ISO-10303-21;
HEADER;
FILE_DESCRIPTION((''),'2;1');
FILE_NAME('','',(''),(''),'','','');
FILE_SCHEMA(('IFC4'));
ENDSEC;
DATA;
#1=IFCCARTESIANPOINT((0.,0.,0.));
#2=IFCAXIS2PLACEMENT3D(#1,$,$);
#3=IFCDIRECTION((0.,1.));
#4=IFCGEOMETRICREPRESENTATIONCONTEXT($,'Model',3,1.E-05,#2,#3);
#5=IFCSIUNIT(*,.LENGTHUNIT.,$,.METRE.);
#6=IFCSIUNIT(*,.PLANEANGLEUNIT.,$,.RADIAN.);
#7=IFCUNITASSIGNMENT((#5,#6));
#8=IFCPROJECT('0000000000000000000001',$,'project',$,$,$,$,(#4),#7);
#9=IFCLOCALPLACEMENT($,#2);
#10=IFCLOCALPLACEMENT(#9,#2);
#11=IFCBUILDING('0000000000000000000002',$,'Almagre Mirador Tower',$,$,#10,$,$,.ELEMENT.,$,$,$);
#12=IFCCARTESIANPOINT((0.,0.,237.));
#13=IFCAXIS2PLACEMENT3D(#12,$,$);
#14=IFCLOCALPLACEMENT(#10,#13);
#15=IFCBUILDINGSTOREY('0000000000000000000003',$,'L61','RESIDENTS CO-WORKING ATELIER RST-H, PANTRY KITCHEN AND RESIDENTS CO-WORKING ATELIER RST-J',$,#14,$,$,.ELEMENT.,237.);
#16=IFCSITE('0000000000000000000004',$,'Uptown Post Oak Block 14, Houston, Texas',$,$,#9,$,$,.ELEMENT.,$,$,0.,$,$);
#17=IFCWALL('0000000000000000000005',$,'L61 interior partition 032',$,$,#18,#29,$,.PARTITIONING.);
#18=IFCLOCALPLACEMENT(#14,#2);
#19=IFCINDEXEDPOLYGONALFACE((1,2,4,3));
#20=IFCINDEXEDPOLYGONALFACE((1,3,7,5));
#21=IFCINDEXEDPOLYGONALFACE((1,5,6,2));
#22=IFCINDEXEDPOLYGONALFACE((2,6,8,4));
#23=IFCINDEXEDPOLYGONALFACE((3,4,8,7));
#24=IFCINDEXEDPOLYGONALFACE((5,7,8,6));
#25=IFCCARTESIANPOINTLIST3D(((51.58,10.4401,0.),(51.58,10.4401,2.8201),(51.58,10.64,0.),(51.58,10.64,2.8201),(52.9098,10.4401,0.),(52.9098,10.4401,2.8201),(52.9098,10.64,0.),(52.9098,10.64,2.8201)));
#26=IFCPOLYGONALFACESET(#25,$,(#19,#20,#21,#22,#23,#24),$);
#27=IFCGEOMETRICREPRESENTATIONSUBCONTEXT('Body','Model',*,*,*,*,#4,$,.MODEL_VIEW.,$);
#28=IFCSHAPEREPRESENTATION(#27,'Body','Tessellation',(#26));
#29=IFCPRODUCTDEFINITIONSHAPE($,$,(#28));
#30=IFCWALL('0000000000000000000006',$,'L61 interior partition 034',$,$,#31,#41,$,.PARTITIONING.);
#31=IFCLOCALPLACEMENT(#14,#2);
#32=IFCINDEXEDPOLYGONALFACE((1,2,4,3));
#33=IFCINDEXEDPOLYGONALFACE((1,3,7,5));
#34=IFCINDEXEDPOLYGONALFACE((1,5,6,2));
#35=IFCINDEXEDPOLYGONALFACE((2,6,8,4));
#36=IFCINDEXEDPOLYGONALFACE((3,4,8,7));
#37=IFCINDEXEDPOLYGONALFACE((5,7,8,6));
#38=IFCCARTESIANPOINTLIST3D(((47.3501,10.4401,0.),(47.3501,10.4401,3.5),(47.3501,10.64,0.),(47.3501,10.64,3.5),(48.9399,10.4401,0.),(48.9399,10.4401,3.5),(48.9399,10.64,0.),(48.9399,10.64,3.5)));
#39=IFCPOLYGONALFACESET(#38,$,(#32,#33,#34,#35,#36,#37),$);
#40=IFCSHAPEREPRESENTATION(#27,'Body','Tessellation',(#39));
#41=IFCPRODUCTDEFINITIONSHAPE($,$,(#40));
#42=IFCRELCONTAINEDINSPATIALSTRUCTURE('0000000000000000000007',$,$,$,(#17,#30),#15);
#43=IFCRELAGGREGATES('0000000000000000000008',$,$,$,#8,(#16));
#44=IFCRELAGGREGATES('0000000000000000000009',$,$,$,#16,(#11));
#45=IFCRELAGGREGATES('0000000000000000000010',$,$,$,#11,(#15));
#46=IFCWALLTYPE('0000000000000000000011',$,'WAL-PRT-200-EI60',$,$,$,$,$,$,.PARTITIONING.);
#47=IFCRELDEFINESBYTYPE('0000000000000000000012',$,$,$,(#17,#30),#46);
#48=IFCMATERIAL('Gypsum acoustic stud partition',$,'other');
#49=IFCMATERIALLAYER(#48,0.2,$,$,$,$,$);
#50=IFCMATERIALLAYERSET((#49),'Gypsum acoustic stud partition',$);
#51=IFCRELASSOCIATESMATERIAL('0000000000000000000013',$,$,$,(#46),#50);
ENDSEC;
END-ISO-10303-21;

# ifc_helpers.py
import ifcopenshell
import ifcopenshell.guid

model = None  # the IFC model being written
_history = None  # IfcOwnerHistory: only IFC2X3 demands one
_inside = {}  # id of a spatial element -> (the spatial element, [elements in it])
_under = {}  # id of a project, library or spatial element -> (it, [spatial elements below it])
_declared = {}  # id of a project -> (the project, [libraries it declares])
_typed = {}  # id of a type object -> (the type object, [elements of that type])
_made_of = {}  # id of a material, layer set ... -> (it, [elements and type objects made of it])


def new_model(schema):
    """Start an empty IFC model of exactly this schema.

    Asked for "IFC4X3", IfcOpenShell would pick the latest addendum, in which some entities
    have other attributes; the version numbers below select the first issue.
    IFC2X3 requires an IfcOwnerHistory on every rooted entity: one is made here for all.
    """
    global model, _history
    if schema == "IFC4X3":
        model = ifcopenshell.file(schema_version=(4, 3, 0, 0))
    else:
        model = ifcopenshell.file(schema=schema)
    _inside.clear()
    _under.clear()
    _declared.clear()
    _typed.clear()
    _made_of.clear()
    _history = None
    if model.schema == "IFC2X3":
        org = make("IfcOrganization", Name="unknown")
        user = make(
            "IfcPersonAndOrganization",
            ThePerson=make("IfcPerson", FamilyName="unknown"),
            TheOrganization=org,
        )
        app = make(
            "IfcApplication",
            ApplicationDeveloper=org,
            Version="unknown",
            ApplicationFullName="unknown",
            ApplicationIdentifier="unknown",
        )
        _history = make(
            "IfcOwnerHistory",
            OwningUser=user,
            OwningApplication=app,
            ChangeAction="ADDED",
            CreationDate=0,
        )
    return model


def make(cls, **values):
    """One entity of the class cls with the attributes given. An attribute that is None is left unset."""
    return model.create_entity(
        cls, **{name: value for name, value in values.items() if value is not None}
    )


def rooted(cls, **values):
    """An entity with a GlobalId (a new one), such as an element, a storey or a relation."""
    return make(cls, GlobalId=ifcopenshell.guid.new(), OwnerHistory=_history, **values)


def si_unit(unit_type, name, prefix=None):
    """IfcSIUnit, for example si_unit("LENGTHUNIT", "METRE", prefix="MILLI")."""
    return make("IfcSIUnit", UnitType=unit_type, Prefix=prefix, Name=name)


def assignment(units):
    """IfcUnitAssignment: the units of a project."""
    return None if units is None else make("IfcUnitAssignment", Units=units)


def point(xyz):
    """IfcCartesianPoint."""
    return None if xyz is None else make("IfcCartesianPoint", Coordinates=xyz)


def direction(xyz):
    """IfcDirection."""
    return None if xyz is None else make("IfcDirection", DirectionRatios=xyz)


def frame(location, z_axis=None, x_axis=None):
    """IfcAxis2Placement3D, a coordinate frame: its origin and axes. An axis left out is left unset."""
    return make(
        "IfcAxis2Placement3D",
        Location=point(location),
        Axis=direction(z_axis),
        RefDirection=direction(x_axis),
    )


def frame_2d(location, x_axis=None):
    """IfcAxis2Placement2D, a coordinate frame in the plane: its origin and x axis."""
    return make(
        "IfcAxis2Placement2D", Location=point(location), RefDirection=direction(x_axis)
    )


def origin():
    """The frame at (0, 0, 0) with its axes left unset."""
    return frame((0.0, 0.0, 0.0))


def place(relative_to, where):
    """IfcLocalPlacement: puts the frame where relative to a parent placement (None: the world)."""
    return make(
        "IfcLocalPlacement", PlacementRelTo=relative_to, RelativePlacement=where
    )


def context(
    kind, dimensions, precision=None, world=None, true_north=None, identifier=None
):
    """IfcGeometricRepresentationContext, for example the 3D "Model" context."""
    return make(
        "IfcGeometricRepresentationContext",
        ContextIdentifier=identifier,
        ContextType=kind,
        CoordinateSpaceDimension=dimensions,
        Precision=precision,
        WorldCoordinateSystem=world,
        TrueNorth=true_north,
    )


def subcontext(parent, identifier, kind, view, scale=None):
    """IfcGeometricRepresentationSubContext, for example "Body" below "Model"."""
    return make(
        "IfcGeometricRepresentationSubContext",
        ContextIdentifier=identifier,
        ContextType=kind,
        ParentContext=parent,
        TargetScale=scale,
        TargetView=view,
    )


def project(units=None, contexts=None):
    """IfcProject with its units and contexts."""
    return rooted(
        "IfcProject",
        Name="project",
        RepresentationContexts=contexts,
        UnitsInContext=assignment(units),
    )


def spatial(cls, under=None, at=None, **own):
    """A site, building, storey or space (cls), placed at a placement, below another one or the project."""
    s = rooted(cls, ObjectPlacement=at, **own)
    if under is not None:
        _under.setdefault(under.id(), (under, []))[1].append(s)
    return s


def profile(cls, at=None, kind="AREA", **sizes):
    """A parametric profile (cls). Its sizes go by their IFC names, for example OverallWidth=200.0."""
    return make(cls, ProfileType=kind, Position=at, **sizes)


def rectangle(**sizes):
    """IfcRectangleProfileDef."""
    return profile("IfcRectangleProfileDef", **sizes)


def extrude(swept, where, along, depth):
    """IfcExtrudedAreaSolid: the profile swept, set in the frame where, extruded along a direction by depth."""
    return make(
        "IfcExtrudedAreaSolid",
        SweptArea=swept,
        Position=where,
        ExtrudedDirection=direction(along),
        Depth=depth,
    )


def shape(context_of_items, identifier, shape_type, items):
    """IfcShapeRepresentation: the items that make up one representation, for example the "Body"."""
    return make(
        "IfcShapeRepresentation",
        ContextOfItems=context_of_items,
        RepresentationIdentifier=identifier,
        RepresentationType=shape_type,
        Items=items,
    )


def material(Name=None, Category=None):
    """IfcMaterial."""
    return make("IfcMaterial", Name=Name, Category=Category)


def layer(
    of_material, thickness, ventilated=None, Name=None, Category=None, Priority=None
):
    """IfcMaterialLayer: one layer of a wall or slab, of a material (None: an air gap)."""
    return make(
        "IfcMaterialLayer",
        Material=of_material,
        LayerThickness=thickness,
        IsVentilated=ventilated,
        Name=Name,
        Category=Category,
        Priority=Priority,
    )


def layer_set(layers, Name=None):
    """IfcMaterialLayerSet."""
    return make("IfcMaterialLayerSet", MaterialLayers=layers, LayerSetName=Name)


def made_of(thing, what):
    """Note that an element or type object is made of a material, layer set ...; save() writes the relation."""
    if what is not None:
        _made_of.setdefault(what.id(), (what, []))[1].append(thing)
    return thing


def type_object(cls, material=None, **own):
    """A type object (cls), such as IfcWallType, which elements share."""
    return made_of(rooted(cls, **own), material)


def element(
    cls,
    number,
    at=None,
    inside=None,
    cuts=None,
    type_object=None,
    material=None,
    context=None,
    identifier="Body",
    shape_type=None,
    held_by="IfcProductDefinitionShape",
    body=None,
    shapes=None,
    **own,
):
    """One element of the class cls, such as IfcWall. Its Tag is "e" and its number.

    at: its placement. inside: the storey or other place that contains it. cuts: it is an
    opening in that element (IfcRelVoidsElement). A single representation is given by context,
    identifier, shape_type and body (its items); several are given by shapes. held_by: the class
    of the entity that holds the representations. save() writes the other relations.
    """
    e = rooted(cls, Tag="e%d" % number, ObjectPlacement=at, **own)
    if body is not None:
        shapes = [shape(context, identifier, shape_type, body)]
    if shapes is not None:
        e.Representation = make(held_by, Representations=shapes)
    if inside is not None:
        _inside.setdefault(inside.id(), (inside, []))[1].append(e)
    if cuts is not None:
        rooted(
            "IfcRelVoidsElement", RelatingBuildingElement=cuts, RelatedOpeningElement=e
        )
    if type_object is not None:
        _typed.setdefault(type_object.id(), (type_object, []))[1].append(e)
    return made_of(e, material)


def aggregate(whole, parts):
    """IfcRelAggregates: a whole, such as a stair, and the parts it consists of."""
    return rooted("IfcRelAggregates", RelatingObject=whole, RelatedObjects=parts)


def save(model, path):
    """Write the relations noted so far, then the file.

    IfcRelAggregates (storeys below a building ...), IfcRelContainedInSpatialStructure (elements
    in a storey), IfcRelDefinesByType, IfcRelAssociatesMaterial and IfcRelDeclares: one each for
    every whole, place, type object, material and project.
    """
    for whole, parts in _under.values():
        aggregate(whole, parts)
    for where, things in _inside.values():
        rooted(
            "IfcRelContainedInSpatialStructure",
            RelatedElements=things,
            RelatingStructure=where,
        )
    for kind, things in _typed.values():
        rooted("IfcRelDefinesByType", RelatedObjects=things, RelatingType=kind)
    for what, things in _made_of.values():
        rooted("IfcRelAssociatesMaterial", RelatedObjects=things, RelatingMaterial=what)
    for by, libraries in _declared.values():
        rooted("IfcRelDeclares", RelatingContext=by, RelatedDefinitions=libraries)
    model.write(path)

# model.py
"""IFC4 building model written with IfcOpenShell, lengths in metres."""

from ifc_helpers import new_model, si_unit, direction, frame, frame_2d, origin, place, context, subcontext, project, spatial, rectangle, extrude, material, layer, layer_set, type_object, element, save


model = new_model("IFC4")

# Units and contexts
model_context = context("Model", 3, precision=1e-05, world=origin(), true_north=direction((0.0, 1.0)))
body_context = subcontext(model_context, "Body", "Model", "MODEL_VIEW")
ifc_project = project(units=[si_unit("LENGTHUNIT", "METRE"), si_unit("PLANEANGLEUNIT", "RADIAN")], contexts=[model_context])

# Site, building, storey
site_placement = place(None, origin())
site = spatial("IfcSite", under=ifc_project, at=site_placement, Name="Uptown Post Oak Block 14, Houston, Texas", CompositionType="ELEMENT", RefElevation=0.0)
building_placement = place(site_placement, origin())
building = spatial("IfcBuilding", under=site, at=building_placement, Name="Almagre Mirador Tower", CompositionType="ELEMENT")
storey_placement = place(building_placement, frame((0.0, 0.0, 237.0)))
storey = spatial("IfcBuildingStorey", under=building, at=storey_placement, Name="L61", Description="RESIDENTS CO-WORKING ATELIER RST-H, PANTRY KITCHEN AND RESIDENTS CO-WORKING ATELIER RST-J", CompositionType="ELEMENT", Elevation=237.0)

# Shared definitions
ifc_material_1 = material(Name="Gypsum acoustic stud partition", Category="other")
ifc_layer_1 = layer(ifc_material_1, 0.2)
ifc_layer_set_1 = layer_set([ifc_layer_1], Name="Gypsum acoustic stud partition")
wall_type_1 = type_object("IfcWallType", Name="WAL-PRT-200-EI60", PredefinedType="PARTITIONING", material=ifc_layer_set_1)

# Walls
wall_1_placement = place(storey_placement, frame((52.9099, 10.54, 0.0), z_axis=(0.0, 0.0, 1.0), x_axis=(-1.0, 0.0, 0.0)))
element("IfcWall", 1, at=wall_1_placement, inside=storey, type_object=wall_type_1, Name="L61 interior partition 032", PredefinedType="PARTITIONING", context=body_context, shape_type="SweptSolid", body=[
    extrude(rectangle(XDim=1.3298, YDim=0.2, at=frame_2d((0.665, 0.0))), origin(), (0.0, 0.0, 1.0), 2.8201),
])
wall_2_placement = place(storey_placement, frame((48.9399, 10.54, 0.0), z_axis=(0.0, 0.0, 1.0), x_axis=(-1.0, 0.0, 0.0)))
element("IfcWall", 2, at=wall_2_placement, inside=storey, type_object=wall_type_1, Name="L61 interior partition 034", PredefinedType="PARTITIONING", context=body_context, shape_type="SweptSolid", body=[
    extrude(rectangle(XDim=1.5898, YDim=0.2, at=frame_2d((0.7949, 0.0))), origin(), (0.0, 0.0, 1.0), 3.5),
])

save(model, "model.ifc")
